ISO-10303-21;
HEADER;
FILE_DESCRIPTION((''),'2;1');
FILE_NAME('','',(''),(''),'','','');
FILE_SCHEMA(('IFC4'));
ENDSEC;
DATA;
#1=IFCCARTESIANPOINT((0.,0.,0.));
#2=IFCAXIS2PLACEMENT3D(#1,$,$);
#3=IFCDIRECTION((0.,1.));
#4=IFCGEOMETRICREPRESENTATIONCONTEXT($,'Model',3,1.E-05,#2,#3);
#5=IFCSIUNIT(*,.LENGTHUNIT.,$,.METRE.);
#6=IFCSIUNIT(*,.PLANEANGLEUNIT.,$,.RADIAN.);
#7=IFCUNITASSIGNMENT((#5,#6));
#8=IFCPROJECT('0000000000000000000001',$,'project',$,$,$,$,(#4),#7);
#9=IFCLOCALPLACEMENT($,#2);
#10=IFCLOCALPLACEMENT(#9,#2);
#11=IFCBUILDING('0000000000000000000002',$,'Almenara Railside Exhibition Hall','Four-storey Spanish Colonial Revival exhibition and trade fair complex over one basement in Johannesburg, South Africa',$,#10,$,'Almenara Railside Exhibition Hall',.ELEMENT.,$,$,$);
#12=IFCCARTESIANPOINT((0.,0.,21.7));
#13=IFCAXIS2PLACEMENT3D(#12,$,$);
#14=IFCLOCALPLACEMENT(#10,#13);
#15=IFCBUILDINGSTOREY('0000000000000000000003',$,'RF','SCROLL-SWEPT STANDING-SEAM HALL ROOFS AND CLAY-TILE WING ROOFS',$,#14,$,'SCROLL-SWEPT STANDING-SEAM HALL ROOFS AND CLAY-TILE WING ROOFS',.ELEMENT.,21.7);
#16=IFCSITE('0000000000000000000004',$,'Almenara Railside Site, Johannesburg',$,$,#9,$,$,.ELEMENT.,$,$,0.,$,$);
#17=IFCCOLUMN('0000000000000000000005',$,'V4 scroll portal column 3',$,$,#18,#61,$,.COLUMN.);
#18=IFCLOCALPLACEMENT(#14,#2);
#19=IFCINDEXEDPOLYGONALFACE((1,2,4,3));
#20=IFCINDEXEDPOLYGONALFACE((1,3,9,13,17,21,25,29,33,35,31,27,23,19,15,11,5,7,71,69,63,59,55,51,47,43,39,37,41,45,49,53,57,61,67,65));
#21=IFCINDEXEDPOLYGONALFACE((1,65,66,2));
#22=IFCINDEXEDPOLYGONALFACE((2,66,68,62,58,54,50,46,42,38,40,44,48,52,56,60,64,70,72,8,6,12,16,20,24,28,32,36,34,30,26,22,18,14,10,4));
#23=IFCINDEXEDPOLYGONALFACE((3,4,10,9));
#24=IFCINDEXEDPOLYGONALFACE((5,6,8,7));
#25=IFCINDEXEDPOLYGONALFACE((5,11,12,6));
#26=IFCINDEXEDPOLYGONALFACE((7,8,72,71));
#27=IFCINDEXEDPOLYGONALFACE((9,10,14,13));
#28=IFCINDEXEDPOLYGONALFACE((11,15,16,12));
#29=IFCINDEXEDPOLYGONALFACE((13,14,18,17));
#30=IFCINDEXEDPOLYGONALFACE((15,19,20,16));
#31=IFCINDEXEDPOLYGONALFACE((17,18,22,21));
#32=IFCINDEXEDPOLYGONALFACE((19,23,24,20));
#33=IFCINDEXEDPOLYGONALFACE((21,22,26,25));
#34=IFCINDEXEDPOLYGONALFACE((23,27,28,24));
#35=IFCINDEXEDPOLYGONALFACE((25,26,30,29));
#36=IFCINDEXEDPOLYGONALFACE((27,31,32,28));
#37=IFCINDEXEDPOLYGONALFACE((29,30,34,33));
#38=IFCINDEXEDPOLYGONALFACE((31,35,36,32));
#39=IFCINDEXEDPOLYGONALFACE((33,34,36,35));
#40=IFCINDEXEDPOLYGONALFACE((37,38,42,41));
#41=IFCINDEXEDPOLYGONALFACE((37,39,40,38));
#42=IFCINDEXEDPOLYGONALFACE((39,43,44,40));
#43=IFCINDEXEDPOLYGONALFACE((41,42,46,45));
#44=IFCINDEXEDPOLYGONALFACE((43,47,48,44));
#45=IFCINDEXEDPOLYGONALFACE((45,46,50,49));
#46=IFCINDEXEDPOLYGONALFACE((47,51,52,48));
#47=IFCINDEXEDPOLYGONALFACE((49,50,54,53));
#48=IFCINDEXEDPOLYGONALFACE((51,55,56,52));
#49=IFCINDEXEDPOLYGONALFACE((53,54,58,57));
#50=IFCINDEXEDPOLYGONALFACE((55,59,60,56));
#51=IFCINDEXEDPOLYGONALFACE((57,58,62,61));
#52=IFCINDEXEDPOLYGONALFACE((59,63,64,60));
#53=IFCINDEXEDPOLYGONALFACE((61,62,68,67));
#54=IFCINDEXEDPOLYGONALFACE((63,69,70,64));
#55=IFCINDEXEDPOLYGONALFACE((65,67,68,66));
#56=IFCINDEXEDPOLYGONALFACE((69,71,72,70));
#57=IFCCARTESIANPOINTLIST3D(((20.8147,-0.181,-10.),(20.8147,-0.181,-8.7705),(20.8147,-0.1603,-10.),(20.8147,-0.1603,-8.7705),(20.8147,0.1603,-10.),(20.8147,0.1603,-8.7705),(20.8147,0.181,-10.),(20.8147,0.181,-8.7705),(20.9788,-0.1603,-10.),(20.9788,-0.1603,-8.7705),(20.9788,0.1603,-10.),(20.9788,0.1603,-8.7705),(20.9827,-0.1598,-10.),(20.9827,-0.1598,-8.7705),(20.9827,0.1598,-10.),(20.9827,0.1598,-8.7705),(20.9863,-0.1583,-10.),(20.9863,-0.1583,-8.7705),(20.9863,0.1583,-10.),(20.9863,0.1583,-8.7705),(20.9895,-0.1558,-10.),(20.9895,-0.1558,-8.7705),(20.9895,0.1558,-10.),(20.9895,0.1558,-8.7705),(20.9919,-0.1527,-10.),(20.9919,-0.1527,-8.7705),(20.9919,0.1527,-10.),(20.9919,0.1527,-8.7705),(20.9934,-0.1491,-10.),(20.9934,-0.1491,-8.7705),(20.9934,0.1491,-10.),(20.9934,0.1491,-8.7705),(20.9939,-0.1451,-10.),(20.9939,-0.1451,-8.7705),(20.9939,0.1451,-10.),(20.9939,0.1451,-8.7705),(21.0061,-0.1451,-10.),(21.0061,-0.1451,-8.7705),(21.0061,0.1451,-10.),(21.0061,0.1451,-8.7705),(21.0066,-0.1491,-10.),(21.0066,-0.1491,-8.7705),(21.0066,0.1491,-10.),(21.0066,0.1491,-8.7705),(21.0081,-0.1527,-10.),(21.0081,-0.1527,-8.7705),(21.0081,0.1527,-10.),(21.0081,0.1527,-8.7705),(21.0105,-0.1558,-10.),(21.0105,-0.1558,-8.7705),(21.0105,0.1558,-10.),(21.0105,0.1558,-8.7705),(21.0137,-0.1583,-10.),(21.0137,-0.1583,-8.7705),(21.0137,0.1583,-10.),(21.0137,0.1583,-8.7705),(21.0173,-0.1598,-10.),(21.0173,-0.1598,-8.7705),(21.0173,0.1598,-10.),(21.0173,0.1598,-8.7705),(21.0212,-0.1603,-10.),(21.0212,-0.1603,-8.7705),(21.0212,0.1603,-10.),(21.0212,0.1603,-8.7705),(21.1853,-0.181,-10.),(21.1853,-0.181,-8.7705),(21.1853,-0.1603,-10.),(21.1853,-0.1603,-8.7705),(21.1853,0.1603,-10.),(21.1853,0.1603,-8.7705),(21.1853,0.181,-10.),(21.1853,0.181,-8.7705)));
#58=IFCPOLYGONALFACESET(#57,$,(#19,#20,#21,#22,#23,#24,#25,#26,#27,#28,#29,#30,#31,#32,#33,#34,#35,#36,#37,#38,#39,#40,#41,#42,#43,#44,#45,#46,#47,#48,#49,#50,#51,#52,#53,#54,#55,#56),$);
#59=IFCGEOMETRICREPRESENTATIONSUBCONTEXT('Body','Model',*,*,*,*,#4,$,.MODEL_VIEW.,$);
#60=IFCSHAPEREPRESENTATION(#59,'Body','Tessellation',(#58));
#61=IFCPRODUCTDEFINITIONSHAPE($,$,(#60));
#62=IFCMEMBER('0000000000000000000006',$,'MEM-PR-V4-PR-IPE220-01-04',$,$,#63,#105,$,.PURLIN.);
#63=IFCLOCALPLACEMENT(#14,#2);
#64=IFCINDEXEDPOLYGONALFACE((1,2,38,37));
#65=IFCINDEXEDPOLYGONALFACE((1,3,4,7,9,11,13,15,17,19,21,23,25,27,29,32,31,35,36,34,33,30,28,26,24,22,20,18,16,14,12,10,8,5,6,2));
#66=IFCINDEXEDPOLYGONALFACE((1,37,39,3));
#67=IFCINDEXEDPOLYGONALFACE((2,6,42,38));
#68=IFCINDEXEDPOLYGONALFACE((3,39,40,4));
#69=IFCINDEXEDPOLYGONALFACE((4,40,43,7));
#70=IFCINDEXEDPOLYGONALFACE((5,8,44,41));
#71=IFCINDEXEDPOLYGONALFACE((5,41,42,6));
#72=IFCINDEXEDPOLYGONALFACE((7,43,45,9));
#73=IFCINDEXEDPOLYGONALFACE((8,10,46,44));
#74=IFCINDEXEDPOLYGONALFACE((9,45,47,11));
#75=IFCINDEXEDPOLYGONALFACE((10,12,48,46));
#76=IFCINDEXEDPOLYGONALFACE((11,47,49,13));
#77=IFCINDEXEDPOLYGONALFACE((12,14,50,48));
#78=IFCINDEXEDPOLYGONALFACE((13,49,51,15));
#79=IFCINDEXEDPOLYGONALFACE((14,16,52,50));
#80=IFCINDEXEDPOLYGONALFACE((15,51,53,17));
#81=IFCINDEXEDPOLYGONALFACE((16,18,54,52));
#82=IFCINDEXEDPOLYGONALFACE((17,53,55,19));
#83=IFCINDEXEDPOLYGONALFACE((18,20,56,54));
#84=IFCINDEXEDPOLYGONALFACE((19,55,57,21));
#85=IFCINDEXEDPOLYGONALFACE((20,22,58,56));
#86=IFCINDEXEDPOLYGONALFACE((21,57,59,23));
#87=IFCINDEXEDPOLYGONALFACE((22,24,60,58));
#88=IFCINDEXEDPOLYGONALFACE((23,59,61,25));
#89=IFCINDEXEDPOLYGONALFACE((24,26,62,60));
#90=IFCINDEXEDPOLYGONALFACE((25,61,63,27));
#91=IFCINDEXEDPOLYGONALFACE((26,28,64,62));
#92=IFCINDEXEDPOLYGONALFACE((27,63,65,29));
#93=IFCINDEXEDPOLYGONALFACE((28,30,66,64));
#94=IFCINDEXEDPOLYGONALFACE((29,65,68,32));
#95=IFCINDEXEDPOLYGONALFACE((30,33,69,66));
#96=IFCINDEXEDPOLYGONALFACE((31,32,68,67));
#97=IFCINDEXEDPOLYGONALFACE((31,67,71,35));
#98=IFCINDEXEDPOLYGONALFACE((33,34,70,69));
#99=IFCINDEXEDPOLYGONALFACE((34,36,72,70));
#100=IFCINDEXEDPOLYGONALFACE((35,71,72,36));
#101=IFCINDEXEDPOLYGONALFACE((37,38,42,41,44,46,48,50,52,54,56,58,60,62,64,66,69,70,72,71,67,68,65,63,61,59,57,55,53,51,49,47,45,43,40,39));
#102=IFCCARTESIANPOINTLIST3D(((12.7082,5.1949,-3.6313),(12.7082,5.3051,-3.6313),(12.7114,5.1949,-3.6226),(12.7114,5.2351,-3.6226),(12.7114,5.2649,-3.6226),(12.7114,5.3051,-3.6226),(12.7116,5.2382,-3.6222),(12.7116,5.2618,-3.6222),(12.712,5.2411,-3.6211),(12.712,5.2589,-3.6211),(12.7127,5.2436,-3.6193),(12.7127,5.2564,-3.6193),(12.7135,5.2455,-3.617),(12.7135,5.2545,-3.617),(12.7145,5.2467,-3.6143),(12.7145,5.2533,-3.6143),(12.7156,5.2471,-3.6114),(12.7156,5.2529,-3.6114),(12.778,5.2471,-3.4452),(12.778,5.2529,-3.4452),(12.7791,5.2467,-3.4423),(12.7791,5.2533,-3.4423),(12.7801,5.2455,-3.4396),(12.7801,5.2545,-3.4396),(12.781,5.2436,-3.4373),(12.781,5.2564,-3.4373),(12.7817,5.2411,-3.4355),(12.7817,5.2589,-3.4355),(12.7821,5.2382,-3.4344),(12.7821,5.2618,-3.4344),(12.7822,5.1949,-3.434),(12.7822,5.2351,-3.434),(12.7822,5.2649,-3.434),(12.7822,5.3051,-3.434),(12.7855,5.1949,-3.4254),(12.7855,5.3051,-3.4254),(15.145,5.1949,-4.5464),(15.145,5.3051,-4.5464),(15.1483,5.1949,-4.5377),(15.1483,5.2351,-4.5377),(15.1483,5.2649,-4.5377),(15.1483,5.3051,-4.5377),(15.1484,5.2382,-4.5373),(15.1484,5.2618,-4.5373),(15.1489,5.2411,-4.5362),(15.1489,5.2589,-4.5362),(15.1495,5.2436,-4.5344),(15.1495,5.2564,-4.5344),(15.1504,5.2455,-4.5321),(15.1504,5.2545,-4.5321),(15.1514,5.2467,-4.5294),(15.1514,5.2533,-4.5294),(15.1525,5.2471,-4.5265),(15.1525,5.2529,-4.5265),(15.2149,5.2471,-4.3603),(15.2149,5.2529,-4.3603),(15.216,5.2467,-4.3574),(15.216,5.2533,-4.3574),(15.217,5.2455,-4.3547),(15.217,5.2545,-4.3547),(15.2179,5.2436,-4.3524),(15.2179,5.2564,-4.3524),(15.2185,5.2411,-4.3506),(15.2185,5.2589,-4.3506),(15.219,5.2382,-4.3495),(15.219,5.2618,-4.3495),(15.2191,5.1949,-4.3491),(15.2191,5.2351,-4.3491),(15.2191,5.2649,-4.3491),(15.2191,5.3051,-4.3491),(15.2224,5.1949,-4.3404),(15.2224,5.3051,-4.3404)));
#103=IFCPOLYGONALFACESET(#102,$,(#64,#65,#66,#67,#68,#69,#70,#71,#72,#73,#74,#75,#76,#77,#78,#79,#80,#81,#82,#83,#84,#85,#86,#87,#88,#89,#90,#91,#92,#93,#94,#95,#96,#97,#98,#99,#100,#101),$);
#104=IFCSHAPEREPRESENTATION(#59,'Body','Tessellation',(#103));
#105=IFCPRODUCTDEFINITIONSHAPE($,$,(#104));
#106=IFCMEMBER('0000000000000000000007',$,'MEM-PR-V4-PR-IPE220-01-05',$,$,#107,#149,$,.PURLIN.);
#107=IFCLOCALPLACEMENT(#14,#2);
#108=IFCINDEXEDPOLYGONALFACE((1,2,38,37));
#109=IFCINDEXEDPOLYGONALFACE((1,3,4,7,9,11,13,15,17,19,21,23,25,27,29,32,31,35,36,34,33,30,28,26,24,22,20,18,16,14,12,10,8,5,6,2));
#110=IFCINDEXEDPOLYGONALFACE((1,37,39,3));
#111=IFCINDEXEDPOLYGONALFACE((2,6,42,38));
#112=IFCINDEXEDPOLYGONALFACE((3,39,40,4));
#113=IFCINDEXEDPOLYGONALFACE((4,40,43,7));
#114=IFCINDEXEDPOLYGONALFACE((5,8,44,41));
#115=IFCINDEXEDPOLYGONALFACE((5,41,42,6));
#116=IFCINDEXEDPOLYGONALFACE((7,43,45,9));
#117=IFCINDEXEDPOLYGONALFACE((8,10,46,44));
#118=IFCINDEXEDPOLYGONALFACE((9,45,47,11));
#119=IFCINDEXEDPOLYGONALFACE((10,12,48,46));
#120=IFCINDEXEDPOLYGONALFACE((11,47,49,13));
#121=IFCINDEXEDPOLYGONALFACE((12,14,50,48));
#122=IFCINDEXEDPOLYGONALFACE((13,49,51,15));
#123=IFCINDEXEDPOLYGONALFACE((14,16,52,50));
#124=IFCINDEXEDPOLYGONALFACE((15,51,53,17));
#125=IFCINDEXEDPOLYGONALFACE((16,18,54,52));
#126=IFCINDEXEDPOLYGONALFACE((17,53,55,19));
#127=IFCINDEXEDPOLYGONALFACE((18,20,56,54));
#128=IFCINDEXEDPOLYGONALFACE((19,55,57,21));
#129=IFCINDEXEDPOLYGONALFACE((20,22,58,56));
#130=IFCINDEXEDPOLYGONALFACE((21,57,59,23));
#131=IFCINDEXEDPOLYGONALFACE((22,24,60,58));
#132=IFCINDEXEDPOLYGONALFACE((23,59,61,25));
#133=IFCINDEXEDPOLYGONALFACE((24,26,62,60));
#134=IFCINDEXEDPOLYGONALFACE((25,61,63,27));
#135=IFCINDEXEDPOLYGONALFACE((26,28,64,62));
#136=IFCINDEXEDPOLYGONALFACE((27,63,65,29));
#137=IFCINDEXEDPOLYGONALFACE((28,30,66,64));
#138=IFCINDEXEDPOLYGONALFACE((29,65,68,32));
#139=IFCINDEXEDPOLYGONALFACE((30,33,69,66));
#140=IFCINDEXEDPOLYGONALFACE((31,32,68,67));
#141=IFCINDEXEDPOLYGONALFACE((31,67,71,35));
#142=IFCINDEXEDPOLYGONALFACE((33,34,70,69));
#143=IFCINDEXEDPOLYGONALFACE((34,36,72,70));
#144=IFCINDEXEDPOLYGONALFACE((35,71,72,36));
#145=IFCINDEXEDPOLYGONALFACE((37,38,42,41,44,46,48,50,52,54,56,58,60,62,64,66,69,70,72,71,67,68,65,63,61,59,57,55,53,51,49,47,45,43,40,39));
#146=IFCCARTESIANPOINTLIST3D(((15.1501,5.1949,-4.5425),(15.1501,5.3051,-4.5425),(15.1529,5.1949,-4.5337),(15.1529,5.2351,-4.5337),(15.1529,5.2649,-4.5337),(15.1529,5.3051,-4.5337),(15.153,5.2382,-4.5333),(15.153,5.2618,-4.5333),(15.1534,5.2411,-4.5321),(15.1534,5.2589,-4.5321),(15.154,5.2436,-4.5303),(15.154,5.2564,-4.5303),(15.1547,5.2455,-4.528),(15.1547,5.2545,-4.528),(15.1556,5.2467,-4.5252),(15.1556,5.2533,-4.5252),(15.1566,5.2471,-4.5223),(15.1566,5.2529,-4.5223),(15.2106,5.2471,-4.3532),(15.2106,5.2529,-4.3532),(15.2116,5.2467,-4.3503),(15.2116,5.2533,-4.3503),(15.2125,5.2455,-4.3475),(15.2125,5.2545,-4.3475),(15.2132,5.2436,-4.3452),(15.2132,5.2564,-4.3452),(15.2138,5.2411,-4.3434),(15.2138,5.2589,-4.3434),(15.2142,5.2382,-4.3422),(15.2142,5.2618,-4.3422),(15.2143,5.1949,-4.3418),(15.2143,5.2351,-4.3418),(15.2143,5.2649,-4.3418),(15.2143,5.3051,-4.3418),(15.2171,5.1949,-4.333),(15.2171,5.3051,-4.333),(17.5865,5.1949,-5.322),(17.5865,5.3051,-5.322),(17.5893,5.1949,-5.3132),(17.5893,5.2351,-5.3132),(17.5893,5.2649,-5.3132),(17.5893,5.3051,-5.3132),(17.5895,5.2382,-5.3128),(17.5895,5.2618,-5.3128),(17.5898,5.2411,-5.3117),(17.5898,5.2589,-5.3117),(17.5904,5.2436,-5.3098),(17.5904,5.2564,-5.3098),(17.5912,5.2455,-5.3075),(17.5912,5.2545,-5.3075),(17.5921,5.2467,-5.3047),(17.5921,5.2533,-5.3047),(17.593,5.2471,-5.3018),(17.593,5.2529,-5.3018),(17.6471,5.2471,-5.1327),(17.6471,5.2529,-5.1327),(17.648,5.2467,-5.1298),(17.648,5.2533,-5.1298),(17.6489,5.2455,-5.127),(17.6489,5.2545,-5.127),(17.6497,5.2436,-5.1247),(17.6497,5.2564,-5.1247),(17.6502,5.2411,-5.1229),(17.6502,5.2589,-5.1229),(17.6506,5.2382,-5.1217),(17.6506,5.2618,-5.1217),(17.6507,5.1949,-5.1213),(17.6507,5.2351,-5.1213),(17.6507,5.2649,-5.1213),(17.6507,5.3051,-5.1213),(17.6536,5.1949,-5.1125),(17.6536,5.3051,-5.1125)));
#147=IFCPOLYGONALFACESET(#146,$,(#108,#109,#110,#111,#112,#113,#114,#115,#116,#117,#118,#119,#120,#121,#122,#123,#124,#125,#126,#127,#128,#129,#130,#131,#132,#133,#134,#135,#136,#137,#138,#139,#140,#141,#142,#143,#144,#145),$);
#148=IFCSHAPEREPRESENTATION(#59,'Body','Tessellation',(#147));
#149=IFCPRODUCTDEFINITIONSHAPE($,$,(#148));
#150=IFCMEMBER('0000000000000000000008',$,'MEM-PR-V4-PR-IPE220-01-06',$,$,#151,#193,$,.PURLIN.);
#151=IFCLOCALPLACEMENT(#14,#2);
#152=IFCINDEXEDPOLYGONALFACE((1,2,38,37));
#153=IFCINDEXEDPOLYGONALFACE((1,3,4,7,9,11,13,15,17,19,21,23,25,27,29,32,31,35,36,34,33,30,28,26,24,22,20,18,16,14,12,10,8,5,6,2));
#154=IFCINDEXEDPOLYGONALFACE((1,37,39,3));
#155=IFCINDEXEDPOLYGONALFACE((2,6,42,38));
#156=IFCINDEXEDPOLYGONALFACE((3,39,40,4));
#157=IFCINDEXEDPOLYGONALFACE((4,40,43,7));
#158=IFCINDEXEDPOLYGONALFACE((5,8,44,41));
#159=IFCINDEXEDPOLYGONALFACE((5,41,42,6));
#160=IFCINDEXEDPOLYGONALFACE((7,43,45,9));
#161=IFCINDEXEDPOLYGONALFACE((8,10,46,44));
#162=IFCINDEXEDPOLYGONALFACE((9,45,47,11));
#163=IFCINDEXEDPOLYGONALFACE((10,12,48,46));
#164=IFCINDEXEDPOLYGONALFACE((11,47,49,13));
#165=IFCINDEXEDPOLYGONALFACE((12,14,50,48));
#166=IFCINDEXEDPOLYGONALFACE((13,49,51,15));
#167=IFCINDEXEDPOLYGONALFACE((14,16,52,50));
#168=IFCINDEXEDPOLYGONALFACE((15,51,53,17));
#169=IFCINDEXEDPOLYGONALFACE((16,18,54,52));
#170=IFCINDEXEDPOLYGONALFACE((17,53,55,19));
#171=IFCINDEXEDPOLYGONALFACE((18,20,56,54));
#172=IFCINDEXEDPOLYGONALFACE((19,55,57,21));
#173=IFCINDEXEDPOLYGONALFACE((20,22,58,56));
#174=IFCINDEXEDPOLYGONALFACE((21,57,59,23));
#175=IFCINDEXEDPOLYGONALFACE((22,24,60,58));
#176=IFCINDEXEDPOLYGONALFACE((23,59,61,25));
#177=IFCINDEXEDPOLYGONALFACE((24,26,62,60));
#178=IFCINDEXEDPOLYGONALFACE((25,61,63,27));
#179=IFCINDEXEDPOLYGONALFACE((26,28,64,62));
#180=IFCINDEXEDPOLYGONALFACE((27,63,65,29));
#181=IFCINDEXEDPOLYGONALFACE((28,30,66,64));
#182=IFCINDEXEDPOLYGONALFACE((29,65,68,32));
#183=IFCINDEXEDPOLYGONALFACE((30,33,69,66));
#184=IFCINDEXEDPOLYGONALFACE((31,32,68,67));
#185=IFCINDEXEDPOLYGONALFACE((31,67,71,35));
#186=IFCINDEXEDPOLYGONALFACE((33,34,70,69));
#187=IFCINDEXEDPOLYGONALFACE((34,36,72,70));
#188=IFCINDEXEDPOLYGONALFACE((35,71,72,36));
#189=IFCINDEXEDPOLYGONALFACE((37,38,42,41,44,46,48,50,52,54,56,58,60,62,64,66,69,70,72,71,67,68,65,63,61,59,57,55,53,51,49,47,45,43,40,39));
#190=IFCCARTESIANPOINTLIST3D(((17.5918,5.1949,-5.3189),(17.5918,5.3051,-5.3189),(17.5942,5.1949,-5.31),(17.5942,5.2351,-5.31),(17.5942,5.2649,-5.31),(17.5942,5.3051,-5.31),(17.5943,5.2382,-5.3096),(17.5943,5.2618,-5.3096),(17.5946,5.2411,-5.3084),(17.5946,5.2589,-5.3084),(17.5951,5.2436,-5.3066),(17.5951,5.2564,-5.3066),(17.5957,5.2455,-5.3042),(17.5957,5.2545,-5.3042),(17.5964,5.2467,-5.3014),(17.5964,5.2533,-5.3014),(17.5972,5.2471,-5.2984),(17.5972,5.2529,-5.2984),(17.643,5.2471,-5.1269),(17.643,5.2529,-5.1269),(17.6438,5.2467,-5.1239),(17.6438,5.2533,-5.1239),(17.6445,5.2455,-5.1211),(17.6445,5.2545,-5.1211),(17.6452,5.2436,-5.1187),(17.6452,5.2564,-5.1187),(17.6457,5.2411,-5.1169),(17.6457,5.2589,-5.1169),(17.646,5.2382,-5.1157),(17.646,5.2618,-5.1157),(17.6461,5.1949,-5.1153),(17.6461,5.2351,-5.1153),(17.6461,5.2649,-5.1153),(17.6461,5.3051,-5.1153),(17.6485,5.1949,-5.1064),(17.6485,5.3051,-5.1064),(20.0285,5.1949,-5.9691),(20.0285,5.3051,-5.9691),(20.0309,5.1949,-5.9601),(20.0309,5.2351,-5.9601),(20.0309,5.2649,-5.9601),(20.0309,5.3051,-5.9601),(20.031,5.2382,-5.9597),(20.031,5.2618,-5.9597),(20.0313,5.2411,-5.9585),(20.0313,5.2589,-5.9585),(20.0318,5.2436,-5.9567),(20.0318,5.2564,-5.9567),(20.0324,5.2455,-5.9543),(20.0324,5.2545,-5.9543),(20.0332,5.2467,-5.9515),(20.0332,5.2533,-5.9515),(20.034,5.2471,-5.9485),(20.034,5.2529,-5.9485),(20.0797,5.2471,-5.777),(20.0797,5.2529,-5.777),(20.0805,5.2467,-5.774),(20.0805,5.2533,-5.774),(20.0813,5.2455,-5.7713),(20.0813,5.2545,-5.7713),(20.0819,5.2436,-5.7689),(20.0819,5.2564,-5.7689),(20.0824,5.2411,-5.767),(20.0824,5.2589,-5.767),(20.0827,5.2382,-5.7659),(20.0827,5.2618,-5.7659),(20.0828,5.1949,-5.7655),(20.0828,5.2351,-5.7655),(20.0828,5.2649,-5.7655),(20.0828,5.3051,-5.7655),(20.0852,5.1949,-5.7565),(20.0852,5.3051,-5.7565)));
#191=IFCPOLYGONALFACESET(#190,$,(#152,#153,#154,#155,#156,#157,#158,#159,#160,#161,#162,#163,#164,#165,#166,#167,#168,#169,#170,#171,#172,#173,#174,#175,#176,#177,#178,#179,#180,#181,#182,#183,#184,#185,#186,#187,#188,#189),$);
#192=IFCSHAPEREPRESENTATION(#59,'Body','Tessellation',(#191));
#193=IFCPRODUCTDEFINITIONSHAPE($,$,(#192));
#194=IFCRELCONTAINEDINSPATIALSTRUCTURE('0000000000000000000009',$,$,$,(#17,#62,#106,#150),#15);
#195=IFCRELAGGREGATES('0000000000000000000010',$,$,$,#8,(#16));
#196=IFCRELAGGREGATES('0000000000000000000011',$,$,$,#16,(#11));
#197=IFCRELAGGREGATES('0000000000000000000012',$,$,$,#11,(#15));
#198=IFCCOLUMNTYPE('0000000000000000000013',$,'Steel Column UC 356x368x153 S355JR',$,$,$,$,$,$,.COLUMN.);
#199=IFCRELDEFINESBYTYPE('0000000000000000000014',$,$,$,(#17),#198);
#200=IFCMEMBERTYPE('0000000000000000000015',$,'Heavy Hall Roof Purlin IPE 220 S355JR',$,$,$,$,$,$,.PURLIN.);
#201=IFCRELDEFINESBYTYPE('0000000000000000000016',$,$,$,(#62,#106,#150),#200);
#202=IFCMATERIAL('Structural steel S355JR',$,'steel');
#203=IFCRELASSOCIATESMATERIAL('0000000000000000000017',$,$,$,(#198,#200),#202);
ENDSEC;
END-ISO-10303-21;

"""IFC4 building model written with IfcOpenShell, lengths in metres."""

from ifc_helpers import new_model, si_unit, direction, frame, origin, origin_2d, place, context, subcontext, project, spatial, i_section, extrude, material, material_profile, profile_set, type_object, element, save


model = new_model("IFC4")

# Units and contexts
model_context = context("Model", 3, precision=1e-05, world=origin(), true_north=direction((0.0, 1.0)))
body_context = subcontext(model_context, "Body", "Model", "MODEL_VIEW")
ifc_project = project(units=[si_unit("LENGTHUNIT", "METRE"), si_unit("PLANEANGLEUNIT", "RADIAN")], contexts=[model_context])

# Site, building, storey
site_placement = place(None, origin())
site = spatial("IfcSite", under=ifc_project, at=site_placement, Name="Almenara Railside Site, Johannesburg", CompositionType="ELEMENT", RefElevation=0.0)
building_placement = place(site_placement, origin())
building = spatial("IfcBuilding", under=site, at=building_placement, Name="Almenara Railside Exhibition Hall", Description="Four-storey Spanish Colonial Revival exhibition and trade fair complex over one basement in Johannesburg, South Africa", LongName="Almenara Railside Exhibition Hall", CompositionType="ELEMENT")
storey_placement = place(building_placement, frame((0.0, 0.0, 21.7)))
storey = spatial("IfcBuildingStorey", under=building, at=storey_placement, Name="RF", Description="SCROLL-SWEPT STANDING-SEAM HALL ROOFS AND CLAY-TILE WING ROOFS", LongName="SCROLL-SWEPT STANDING-SEAM HALL ROOFS AND CLAY-TILE WING ROOFS", CompositionType="ELEMENT", Elevation=21.7)

# Column
ifc_material_1 = material(Name="Structural steel S355JR", Category="steel")
ifc_material_profile_1 = material_profile(ifc_material_1, i_section(OverallWidth=0.3706, OverallDepth=0.3621, WebThickness=0.0122, FlangeThickness=0.0208, FilletRadius=0.0151, at=origin_2d()), Name="UC 356x368x153")
ifc_profile_set_1 = profile_set([ifc_material_profile_1], Name="Structural steel S355JR")
column_type = type_object("IfcColumnType", Name="Steel Column UC 356x368x153 S355JR", PredefinedType="COLUMN", material=ifc_profile_set_1)
column_placement = place(storey_placement, frame((21.0, 0.0, -10.0), z_axis=(0.0, 0.0, 1.0), x_axis=(1.0, 0.0, 0.0)))
element("IfcColumn", 1, at=column_placement, inside=storey, type_object=column_type, Name="V4 scroll portal column 3", PredefinedType="COLUMN", context=body_context, shape_type="SweptSolid", body=[
    extrude(i_section(OverallWidth=0.3706, OverallDepth=0.3621, WebThickness=0.0122, FlangeThickness=0.0208, FilletRadius=0.0151, at=origin_2d()), origin(), (0.0, 0.0, 1.0), 1.2295),
])

# Members
ifc_material_profile_2 = material_profile(ifc_material_1, i_section(OverallWidth=0.1101, OverallDepth=0.22, WebThickness=0.0059, FlangeThickness=0.0093, FilletRadius=0.012, at=origin_2d()), Name="IPE 220")
ifc_profile_set_2 = profile_set([ifc_material_profile_2], Name="Structural steel S355JR")
member_type_1 = type_object("IfcMemberType", Name="Heavy Hall Roof Purlin IPE 220 S355JR", PredefinedType="PURLIN", material=ifc_profile_set_2)
member_1_placement = place(storey_placement, frame((12.7468, 5.25, -3.5283), z_axis=(0.936171, 0.0, -0.351545), x_axis=(0.0, 1.0, 0.0)))
element("IfcMember", 2, at=member_1_placement, inside=storey, type_object=member_type_1, Name="MEM-PR-V4-PR-IPE220-01-04", PredefinedType="PURLIN", context=body_context, shape_type="SweptSolid", body=[
    extrude(i_section(OverallWidth=0.1101, OverallDepth=0.22, WebThickness=0.0059, FlangeThickness=0.0093, FilletRadius=0.012, at=origin_2d()), origin(), (0.0, 0.0, 1.0), 2.603),
])
member_2_placement = place(storey_placement, frame((15.1836, 5.25, -4.4377), z_axis=(0.952441, 0.0, -0.304724), x_axis=(0.0, 1.0, 0.0)))
element("IfcMember", 3, at=member_2_placement, inside=storey, type_object=member_type_1, Name="MEM-PR-V4-PR-IPE220-01-05", PredefinedType="PURLIN", context=body_context, shape_type="SweptSolid", body=[
    extrude(i_section(OverallWidth=0.1101, OverallDepth=0.22, WebThickness=0.0059, FlangeThickness=0.0093, FilletRadius=0.012, at=origin_2d()), origin(), (0.0, 0.0, 1.0), 2.5581),
])
member_3_placement = place(storey_placement, frame((17.6201, 5.25, -5.2126), z_axis=(0.966201, 0.0, -0.257789), x_axis=(0.0, 1.0, 0.0)))
element("IfcMember", 4, at=member_3_placement, inside=storey, type_object=member_type_1, Name="MEM-PR-V4-PR-IPE220-01-06", PredefinedType="PURLIN", context=body_context, shape_type="SweptSolid", body=[
    extrude(i_section(OverallWidth=0.1101, OverallDepth=0.22, WebThickness=0.0059, FlangeThickness=0.0093, FilletRadius=0.012, at=origin_2d()), origin(), (0.0, 0.0, 1.0), 2.522),
])

save(model, "model.ifc")
